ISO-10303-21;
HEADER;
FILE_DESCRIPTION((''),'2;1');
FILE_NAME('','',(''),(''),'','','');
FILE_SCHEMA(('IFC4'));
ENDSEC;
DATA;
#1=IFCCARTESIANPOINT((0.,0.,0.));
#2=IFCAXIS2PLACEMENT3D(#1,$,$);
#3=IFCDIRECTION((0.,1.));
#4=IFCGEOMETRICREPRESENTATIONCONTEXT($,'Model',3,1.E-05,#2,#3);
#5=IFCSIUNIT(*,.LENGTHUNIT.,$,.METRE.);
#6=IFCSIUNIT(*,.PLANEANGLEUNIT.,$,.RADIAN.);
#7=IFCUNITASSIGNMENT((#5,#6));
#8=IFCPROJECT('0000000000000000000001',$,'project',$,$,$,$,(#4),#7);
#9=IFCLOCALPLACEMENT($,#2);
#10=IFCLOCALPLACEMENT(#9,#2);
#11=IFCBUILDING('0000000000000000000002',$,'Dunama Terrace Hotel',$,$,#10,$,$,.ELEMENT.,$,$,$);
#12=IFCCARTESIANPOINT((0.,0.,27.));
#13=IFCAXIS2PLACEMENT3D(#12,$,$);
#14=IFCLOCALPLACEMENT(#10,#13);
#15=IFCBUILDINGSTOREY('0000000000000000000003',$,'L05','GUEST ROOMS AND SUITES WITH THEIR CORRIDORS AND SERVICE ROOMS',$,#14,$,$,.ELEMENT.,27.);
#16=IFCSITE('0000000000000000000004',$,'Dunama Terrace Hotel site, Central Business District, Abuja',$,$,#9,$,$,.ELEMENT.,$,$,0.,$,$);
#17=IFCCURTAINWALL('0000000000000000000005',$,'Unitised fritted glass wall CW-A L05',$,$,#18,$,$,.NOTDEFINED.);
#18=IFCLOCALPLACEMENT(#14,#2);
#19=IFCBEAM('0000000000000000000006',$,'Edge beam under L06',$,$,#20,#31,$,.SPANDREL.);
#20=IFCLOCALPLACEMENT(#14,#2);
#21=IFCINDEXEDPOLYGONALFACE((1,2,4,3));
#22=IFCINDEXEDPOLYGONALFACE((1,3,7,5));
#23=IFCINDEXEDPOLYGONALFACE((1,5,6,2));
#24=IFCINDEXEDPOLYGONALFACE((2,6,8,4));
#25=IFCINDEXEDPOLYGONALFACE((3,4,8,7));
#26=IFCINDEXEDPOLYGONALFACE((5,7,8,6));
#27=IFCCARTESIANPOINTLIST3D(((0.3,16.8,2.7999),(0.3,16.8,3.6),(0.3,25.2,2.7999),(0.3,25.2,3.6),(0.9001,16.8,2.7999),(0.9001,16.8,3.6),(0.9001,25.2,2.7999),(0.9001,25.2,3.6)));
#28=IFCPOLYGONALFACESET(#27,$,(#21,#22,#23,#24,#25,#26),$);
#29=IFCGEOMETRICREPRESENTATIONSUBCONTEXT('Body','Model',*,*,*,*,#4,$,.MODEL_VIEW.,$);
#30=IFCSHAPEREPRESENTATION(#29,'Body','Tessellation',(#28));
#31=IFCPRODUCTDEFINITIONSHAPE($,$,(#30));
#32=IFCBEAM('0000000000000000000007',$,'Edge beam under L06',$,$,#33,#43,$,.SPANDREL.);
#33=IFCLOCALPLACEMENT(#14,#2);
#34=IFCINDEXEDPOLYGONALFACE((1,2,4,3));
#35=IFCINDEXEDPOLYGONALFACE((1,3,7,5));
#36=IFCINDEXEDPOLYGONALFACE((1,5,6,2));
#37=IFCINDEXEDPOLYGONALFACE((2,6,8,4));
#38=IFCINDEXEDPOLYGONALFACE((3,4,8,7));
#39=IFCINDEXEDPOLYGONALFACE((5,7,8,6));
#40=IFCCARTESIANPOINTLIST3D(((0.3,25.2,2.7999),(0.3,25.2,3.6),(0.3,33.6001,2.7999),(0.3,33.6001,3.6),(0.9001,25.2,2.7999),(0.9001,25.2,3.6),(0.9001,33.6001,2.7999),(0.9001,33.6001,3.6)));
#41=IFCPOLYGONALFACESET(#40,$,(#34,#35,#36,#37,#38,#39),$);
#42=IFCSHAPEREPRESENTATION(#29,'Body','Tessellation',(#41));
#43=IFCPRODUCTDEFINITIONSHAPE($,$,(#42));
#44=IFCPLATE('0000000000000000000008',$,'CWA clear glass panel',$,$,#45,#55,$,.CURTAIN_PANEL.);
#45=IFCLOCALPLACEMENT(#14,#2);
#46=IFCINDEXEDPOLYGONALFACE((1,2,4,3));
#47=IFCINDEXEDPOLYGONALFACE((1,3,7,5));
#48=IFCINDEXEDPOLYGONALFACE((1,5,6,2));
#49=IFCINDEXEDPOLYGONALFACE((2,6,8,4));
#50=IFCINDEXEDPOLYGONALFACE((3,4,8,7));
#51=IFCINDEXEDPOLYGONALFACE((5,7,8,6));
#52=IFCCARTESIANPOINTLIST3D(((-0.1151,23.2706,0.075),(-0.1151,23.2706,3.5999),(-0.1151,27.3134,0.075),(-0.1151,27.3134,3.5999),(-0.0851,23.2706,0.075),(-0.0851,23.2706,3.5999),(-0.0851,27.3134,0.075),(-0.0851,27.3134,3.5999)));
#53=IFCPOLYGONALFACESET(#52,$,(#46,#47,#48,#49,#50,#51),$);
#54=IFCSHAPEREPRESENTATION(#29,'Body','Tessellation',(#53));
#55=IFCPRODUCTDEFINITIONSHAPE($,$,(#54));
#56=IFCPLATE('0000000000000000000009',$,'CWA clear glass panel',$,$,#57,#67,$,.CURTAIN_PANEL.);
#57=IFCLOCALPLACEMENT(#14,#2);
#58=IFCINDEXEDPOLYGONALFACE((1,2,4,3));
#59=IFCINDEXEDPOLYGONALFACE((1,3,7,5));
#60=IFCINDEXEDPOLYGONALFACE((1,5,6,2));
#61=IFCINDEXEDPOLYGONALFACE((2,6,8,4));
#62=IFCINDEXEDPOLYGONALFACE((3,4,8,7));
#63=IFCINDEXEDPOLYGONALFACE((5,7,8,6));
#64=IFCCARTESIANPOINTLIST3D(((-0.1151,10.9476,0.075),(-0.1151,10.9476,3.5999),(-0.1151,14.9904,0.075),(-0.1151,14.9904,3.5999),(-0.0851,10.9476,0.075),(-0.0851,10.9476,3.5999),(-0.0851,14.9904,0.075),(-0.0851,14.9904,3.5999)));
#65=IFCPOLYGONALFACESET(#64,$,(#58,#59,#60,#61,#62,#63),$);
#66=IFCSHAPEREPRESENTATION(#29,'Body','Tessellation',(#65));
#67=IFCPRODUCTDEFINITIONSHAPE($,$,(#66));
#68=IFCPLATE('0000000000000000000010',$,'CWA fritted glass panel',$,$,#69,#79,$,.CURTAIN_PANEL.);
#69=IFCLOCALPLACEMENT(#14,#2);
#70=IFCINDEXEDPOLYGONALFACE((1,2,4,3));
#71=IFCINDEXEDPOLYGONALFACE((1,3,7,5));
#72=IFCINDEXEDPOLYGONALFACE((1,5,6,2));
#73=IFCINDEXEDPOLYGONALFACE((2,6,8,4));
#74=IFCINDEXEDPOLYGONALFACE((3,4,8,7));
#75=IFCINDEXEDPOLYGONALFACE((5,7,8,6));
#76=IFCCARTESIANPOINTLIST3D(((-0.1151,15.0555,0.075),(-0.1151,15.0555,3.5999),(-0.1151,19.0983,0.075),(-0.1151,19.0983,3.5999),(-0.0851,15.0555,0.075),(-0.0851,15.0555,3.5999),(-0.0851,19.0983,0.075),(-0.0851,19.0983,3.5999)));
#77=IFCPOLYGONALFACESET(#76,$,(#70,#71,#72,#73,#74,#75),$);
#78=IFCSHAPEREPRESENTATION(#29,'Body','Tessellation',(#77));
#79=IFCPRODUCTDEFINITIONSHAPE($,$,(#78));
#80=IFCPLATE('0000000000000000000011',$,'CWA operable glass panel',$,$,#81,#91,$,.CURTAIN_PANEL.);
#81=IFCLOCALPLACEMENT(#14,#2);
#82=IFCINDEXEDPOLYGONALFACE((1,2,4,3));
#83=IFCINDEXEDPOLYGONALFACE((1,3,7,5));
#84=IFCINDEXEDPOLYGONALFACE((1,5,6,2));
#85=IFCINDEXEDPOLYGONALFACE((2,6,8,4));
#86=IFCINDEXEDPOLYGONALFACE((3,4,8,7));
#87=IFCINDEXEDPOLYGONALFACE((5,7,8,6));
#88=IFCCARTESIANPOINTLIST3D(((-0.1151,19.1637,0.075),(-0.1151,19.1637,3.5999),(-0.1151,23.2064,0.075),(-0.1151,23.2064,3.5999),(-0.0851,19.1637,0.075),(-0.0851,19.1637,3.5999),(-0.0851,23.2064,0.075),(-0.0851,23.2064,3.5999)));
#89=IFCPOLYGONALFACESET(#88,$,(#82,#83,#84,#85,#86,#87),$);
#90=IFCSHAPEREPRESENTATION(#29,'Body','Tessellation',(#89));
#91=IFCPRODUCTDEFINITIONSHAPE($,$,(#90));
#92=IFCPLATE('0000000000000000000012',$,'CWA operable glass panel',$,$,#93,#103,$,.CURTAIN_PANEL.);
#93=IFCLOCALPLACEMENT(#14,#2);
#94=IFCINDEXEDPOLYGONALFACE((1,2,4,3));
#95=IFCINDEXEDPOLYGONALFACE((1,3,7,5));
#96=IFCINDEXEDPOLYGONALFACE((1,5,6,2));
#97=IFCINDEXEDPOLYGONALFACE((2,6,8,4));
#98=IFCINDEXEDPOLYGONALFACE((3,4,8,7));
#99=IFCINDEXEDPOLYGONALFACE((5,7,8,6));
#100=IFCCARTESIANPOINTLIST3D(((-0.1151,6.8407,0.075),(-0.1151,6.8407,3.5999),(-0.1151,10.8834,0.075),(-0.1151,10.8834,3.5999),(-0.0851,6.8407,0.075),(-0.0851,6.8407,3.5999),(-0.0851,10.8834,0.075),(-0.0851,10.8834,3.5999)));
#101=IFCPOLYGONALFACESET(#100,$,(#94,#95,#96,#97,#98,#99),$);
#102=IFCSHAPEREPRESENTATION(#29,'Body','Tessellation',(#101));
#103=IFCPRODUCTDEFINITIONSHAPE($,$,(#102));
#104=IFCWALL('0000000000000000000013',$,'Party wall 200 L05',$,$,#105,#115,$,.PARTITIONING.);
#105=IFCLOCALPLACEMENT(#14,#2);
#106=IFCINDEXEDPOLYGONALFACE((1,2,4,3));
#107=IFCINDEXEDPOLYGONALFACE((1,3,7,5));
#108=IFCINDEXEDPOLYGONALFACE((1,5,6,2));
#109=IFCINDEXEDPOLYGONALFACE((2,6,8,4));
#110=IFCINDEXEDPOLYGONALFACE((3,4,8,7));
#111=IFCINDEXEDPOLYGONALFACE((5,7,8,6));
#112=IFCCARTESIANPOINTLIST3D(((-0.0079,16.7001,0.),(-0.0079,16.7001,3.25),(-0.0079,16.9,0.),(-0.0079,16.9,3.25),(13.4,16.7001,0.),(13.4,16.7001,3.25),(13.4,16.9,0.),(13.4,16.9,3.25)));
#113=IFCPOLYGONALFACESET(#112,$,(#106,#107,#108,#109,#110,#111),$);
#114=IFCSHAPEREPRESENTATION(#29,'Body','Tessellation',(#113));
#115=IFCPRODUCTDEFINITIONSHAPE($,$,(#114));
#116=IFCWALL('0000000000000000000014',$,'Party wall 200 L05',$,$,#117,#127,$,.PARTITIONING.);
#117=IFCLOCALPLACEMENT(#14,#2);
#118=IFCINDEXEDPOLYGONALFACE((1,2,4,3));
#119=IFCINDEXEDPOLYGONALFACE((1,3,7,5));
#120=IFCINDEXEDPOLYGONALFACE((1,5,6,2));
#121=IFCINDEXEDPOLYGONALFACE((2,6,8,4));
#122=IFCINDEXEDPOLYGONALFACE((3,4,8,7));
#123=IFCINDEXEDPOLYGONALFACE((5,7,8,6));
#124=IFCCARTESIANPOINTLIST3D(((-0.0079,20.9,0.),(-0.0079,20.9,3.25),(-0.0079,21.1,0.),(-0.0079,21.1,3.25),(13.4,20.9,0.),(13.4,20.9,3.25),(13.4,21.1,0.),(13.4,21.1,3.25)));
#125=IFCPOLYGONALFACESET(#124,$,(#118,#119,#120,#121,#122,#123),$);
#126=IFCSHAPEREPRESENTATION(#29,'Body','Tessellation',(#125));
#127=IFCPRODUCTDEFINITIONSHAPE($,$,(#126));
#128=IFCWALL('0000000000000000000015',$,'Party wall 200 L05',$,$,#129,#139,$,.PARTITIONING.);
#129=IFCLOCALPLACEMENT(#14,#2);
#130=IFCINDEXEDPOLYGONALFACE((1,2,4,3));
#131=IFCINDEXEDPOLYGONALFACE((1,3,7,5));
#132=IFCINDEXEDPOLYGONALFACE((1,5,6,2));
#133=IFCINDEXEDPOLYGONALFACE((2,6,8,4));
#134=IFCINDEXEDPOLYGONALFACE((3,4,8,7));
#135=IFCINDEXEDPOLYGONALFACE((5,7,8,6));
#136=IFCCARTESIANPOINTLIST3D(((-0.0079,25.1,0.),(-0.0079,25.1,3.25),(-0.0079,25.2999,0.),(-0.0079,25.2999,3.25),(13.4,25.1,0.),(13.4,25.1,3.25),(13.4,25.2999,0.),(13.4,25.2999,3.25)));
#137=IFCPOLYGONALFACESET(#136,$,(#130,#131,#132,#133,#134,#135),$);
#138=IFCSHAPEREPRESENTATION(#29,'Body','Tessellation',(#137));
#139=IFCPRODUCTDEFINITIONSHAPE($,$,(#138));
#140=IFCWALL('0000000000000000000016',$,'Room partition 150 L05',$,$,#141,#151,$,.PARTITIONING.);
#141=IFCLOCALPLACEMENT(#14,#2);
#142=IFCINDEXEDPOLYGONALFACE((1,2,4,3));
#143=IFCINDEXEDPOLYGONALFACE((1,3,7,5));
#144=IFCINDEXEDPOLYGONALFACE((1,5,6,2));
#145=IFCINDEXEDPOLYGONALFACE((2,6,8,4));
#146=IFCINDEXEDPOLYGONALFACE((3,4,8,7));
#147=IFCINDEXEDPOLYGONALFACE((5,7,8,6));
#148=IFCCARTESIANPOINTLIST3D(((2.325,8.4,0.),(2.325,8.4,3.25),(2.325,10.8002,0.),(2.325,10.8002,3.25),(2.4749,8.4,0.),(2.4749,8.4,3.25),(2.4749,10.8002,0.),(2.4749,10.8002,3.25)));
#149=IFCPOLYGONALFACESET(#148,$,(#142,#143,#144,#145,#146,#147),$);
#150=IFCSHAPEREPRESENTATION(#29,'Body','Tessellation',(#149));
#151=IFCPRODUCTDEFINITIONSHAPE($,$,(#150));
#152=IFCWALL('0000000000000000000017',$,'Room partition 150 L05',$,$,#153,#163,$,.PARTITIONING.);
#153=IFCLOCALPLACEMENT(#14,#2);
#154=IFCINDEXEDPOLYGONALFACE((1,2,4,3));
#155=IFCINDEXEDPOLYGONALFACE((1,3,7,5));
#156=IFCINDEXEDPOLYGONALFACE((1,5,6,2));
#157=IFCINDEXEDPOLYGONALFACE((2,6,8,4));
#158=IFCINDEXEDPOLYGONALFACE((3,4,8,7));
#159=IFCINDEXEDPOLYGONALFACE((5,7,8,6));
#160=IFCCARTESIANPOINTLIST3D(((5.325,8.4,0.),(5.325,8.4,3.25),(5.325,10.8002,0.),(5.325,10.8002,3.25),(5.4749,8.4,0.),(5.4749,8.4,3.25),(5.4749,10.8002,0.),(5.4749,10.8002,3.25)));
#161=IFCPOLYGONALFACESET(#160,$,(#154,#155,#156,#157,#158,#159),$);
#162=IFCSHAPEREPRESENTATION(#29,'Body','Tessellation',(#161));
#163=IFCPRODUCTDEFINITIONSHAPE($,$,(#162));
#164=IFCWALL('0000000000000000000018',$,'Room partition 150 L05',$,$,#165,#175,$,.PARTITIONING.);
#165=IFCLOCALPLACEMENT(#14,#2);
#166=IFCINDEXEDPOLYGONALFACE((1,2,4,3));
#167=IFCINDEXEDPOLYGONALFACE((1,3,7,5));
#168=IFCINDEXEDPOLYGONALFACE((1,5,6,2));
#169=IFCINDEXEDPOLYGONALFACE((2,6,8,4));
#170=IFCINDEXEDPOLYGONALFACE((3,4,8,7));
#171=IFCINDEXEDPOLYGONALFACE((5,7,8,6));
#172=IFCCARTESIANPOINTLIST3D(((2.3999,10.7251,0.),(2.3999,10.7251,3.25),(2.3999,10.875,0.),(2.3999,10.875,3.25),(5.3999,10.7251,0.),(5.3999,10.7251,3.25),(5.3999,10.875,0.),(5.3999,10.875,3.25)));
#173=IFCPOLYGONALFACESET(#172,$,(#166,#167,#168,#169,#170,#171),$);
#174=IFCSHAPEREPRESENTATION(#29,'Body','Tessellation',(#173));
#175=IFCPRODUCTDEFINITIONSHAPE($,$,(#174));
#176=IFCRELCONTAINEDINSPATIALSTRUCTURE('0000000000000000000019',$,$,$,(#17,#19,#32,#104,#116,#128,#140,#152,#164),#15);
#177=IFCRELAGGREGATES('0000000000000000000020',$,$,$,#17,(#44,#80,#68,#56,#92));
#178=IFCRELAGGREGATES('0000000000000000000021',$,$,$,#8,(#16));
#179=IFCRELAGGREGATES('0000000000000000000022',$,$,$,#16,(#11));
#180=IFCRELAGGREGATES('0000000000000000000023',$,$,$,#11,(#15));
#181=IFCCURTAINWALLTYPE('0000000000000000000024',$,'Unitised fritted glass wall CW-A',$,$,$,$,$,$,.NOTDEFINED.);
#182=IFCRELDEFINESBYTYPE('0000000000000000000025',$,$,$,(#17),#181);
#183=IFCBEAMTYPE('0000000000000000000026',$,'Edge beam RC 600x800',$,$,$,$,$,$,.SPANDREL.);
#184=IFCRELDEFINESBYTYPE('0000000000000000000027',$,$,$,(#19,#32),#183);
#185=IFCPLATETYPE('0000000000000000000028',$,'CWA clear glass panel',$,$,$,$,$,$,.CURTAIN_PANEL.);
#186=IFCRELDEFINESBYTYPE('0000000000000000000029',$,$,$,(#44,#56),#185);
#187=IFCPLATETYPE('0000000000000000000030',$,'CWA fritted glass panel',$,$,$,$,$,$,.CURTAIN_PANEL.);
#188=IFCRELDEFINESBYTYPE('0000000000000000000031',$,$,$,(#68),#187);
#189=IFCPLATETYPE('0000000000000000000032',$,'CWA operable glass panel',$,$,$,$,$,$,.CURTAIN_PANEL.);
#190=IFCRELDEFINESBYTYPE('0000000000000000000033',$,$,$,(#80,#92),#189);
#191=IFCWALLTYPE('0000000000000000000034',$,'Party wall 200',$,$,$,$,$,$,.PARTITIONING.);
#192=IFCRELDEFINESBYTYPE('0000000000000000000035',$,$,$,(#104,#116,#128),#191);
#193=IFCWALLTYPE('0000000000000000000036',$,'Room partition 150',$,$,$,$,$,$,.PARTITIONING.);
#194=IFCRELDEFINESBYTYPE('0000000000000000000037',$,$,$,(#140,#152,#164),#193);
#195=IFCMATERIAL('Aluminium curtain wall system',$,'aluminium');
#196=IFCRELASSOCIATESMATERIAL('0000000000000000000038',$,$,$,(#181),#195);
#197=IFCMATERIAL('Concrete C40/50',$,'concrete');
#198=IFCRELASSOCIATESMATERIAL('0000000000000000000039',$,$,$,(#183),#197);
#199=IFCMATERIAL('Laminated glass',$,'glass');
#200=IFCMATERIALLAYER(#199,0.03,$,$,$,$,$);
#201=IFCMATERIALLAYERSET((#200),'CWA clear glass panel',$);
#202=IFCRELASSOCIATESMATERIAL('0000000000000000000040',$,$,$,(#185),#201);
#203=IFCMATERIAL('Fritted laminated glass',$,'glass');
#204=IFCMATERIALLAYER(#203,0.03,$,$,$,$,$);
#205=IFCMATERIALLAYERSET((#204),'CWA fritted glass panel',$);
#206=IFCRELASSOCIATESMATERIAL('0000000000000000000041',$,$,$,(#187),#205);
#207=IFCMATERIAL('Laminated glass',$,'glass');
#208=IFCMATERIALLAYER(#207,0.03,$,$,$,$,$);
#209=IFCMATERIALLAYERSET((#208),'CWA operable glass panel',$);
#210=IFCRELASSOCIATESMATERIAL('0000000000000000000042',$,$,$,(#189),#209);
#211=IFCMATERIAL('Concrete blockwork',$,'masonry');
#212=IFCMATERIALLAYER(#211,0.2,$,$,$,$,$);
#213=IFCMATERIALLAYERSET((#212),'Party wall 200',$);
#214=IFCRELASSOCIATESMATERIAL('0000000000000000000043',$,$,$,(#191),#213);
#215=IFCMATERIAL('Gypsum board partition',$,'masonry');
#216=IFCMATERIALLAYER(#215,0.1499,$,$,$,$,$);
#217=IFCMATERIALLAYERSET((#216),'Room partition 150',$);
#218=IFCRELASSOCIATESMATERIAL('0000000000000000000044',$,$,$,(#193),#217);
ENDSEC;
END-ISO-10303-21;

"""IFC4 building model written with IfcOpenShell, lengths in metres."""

from ifc_helpers import new_model, si_unit, direction, frame, frame_2d, origin, origin_2d, place, context, subcontext, project, spatial, rectangle, extrude, material, layer, layer_set, material_profile, profile_set, type_object, element, aggregate, save


model = new_model("IFC4")

# Units and contexts
model_context = context("Model", 3, precision=1e-05, world=origin(), true_north=direction((0.0, 1.0)))
body_context = subcontext(model_context, "Body", "Model", "MODEL_VIEW")
ifc_project = project(units=[si_unit("LENGTHUNIT", "METRE"), si_unit("PLANEANGLEUNIT", "RADIAN")], contexts=[model_context])

# Site, building, storey
site_placement = place(None, origin())
site = spatial("IfcSite", under=ifc_project, at=site_placement, Name="Dunama Terrace Hotel site, Central Business District, Abuja", CompositionType="ELEMENT", RefElevation=0.0)
building_placement = place(site_placement, origin())
building = spatial("IfcBuilding", under=site, at=building_placement, Name="Dunama Terrace Hotel", CompositionType="ELEMENT")
storey_placement = place(building_placement, frame((0.0, 0.0, 27.0)))
storey = spatial("IfcBuildingStorey", under=building, at=storey_placement, Name="L05", Description="GUEST ROOMS AND SUITES WITH THEIR CORRIDORS AND SERVICE ROOMS", CompositionType="ELEMENT", Elevation=27.0)

# Curtain wall
ifc_material_1 = material(Name="Aluminium curtain wall system", Category="aluminium")
curtain_wall_type = type_object("IfcCurtainWallType", Name="Unitised fritted glass wall CW-A", PredefinedType="NOTDEFINED", material=ifc_material_1)
curtain_wall_placement = place(storey_placement, origin())
curtain_wall = element("IfcCurtainWall", 1, at=curtain_wall_placement, inside=storey, type_object=curtain_wall_type, Name="Unitised fritted glass wall CW-A L05", PredefinedType="NOTDEFINED")

# Beams
ifc_material_2 = material(Name="Concrete C40/50", Category="concrete")
ifc_material_profile_1 = material_profile(ifc_material_2, rectangle(XDim=0.6001, YDim=0.8, at=origin_2d()), Name="RC 600x800")
ifc_profile_set_1 = profile_set([ifc_material_profile_1], Name="Concrete C40/50")
beam_type = type_object("IfcBeamType", Name="Edge beam RC 600x800", PredefinedType="SPANDREL", material=ifc_profile_set_1)
beam_1_placement = place(storey_placement, frame((0.6001, 16.8, 3.2), z_axis=(0.0, 1.0, 0.0), x_axis=(-1.0, 0.0, 0.0)))
element("IfcBeam", 2, at=beam_1_placement, inside=storey, type_object=beam_type, Name="Edge beam under L06", PredefinedType="SPANDREL", context=body_context, shape_type="SweptSolid", body=[
    extrude(rectangle(XDim=0.6001, YDim=0.8, at=origin_2d()), origin(), (0.0, 0.0, 1.0), 8.3999),
])
beam_2_placement = place(storey_placement, frame((0.6001, 25.2, 3.2), z_axis=(0.0, 1.0, 0.0), x_axis=(-1.0, 0.0, 0.0)))
element("IfcBeam", 3, at=beam_2_placement, inside=storey, type_object=beam_type, Name="Edge beam under L06", PredefinedType="SPANDREL", context=body_context, shape_type="SweptSolid", body=[
    extrude(rectangle(XDim=0.6001, YDim=0.8, at=origin_2d()), origin(), (0.0, 0.0, 1.0), 8.4001),
])

# Plates
ifc_material_3 = material(Name="Laminated glass", Category="glass")
ifc_layer_1 = layer(ifc_material_3, 0.03)
ifc_layer_set_1 = layer_set([ifc_layer_1], Name="CWA clear glass panel")
plate_type_1 = type_object("IfcPlateType", Name="CWA clear glass panel", PredefinedType="CURTAIN_PANEL", material=ifc_layer_set_1)
plate_1_placement = place(storey_placement, frame((-0.1001, 25.292, 0.075), z_axis=(0.0, 0.0, 1.0), x_axis=(0.0, -1.0, 0.0)))
plate_1 = element("IfcPlate", 4, at=plate_1_placement, type_object=plate_type_1, Name="CWA clear glass panel", PredefinedType="CURTAIN_PANEL", context=body_context, shape_type="SweptSolid", body=[
    extrude(rectangle(XDim=4.0427, YDim=0.03, at=origin_2d()), origin(), (0.0, 0.0, 1.0), 3.5249),
])
plate_2_placement = place(storey_placement, frame((-0.1001, 12.969, 0.075), z_axis=(0.0, 0.0, 1.0), x_axis=(0.0, -1.0, 0.0)))
plate_2 = element("IfcPlate", 5, at=plate_2_placement, type_object=plate_type_1, Name="CWA clear glass panel", PredefinedType="CURTAIN_PANEL", context=body_context, shape_type="SweptSolid", body=[
    extrude(rectangle(XDim=4.0427, YDim=0.03, at=origin_2d()), origin(), (0.0, 0.0, 1.0), 3.5249),
])
ifc_material_4 = material(Name="Fritted laminated glass", Category="glass")
ifc_layer_2 = layer(ifc_material_4, 0.03)
ifc_layer_set_2 = layer_set([ifc_layer_2], Name="CWA fritted glass panel")
plate_type_2 = type_object("IfcPlateType", Name="CWA fritted glass panel", PredefinedType="CURTAIN_PANEL", material=ifc_layer_set_2)
plate_3_placement = place(storey_placement, frame((-0.1001, 17.0769, 0.075), z_axis=(0.0, 0.0, 1.0), x_axis=(0.0, -1.0, 0.0)))
plate_3 = element("IfcPlate", 6, at=plate_3_placement, type_object=plate_type_2, Name="CWA fritted glass panel", PredefinedType="CURTAIN_PANEL", context=body_context, shape_type="SweptSolid", body=[
    extrude(rectangle(XDim=4.0427, YDim=0.03, at=origin_2d()), origin(), (0.0, 0.0, 1.0), 3.5249),
])
ifc_material_5 = material(Name="Laminated glass", Category="glass")
ifc_layer_3 = layer(ifc_material_5, 0.03)
ifc_layer_set_3 = layer_set([ifc_layer_3], Name="CWA operable glass panel")
plate_type_3 = type_object("IfcPlateType", Name="CWA operable glass panel", PredefinedType="CURTAIN_PANEL", material=ifc_layer_set_3)
plate_4_placement = place(storey_placement, frame((-0.1001, 21.1851, 0.075), z_axis=(0.0, 0.0, 1.0), x_axis=(0.0, -1.0, 0.0)))
plate_4 = element("IfcPlate", 7, at=plate_4_placement, type_object=plate_type_3, Name="CWA operable glass panel", PredefinedType="CURTAIN_PANEL", context=body_context, shape_type="SweptSolid", body=[
    extrude(rectangle(XDim=4.0427, YDim=0.03, at=origin_2d()), origin(), (0.0, 0.0, 1.0), 3.5249),
])
plate_5_placement = place(storey_placement, frame((-0.1001, 8.8621, 0.075), z_axis=(0.0, 0.0, 1.0), x_axis=(0.0, -1.0, 0.0)))
plate_5 = element("IfcPlate", 8, at=plate_5_placement, type_object=plate_type_3, Name="CWA operable glass panel", PredefinedType="CURTAIN_PANEL", context=body_context, shape_type="SweptSolid", body=[
    extrude(rectangle(XDim=4.0427, YDim=0.03, at=origin_2d()), origin(), (0.0, 0.0, 1.0), 3.5249),
])
aggregate(curtain_wall, [plate_1, plate_4, plate_3, plate_2, plate_5])

# Walls
ifc_material_6 = material(Name="Concrete blockwork", Category="masonry")
ifc_layer_4 = layer(ifc_material_6, 0.2)
ifc_layer_set_4 = layer_set([ifc_layer_4], Name="Party wall 200")
wall_type_1 = type_object("IfcWallType", Name="Party wall 200", PredefinedType="PARTITIONING", material=ifc_layer_set_4)
for number, where, z_axis, x_axis, name in (
    (9, (-0.0081, 16.8, 0.0), (0.0, 0.0, 1.0), (1.0, 0.0, 0.0), "Party wall 200 L05"),
    (10, (-0.0081, 21.0, 0.0), (0.0, 0.0, 1.0), (1.0, 0.0, 0.0), "Party wall 200 L05"),
    (11, (-0.0081, 25.2, 0.0), (0.0, 0.0, 1.0), (1.0, 0.0, 0.0), "Party wall 200 L05"),
):
    element("IfcWall", number, at=place(storey_placement, frame(where, z_axis=z_axis, x_axis=x_axis)), inside=storey, type_object=wall_type_1, Name=name, PredefinedType="PARTITIONING", context=body_context, shape_type="SweptSolid", body=[
        extrude(rectangle(XDim=13.408, YDim=0.2, at=frame_2d((6.7041, 0.0))), origin(), (0.0, 0.0, 1.0), 3.25),
    ])
ifc_material_7 = material(Name="Gypsum board partition", Category="masonry")
ifc_layer_5 = layer(ifc_material_7, 0.1499)
ifc_layer_set_5 = layer_set([ifc_layer_5], Name="Room partition 150")
wall_type_2 = type_object("IfcWallType", Name="Room partition 150", PredefinedType="PARTITIONING", material=ifc_layer_set_5)
for number, where, z_axis, x_axis, name in (
    (12, (2.3999, 8.3999, 0.0), (0.0, 0.0, 1.0), (0.0, 1.0, 0.0), "Room partition 150 L05"),
    (13, (5.3999, 8.3999, 0.0), (0.0, 0.0, 1.0), (0.0, 1.0, 0.0), "Room partition 150 L05"),
):
    element("IfcWall", number, at=place(storey_placement, frame(where, z_axis=z_axis, x_axis=x_axis)), inside=storey, type_object=wall_type_2, Name=name, PredefinedType="PARTITIONING", context=body_context, shape_type="SweptSolid", body=[
        extrude(rectangle(XDim=2.4001, YDim=0.1499, at=frame_2d((1.2002, 0.0))), origin(), (0.0, 0.0, 1.0), 3.25),
    ])
wall_placement = place(storey_placement, frame((2.3999, 10.8, 0.0), z_axis=(0.0, 0.0, 1.0), x_axis=(1.0, 0.0, 0.0)))
element("IfcWall", 14, at=wall_placement, inside=storey, type_object=wall_type_2, Name="Room partition 150 L05", PredefinedType="PARTITIONING", context=body_context, shape_type="SweptSolid", body=[
    extrude(rectangle(XDim=3.0, YDim=0.1499, at=frame_2d((1.5, 0.0))), origin(), (0.0, 0.0, 1.0), 3.25),
])

save(model, "model.ifc")
